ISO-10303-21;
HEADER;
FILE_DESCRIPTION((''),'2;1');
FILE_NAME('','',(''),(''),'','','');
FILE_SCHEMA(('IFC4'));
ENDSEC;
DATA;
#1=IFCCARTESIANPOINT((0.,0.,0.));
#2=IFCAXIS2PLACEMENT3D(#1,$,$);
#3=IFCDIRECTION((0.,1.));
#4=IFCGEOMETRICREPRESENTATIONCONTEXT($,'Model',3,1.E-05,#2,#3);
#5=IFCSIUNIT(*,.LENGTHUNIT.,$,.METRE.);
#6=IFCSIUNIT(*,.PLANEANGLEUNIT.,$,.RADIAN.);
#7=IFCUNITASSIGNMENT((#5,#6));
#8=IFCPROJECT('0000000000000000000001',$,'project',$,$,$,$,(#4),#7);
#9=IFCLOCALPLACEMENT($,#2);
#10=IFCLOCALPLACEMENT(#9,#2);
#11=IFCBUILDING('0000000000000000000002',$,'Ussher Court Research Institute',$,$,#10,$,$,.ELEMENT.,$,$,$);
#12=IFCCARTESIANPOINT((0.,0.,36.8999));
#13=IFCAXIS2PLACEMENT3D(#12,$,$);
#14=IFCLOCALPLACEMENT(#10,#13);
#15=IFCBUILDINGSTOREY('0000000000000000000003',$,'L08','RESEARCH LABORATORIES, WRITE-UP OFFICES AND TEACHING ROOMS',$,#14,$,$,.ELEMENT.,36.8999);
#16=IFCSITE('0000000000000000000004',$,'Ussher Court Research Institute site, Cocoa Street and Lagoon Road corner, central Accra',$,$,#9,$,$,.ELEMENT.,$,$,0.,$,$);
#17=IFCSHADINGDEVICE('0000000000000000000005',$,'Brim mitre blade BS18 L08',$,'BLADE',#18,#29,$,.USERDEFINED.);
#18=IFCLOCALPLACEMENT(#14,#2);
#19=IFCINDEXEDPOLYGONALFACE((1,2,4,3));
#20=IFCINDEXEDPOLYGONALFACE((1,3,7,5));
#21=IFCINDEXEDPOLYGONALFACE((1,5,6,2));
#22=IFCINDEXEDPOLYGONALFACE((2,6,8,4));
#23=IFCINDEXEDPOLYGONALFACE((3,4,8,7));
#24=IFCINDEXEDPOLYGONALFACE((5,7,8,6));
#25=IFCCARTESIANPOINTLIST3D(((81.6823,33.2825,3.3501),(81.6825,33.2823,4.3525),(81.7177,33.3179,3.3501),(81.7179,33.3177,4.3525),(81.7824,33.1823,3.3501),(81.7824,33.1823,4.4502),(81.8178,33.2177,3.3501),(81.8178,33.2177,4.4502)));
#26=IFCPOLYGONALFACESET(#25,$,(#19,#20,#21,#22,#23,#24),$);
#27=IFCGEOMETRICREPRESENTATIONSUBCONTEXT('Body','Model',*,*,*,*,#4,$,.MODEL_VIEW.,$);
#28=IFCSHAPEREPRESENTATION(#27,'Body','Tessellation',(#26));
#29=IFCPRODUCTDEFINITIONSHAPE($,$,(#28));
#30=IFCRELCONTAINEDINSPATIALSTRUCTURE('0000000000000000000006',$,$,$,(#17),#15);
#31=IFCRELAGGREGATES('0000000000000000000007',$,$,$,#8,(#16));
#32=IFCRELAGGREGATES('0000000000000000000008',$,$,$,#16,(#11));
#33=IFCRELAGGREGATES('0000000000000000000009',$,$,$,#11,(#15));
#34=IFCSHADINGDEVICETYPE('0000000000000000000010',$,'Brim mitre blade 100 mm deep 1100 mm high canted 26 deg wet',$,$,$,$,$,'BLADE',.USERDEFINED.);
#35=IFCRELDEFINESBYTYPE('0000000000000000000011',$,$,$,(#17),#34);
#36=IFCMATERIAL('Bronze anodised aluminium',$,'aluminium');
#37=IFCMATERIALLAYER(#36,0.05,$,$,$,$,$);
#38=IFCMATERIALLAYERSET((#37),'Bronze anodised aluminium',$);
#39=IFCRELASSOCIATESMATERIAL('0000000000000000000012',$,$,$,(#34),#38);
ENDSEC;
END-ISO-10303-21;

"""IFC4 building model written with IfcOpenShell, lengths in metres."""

from ifc_helpers import new_model, si_unit, direction, frame, origin, place, context, subcontext, project, spatial, polyline, outline, extrude, material, layer, layer_set, type_object, element, save


model = new_model("IFC4")

# Units and contexts
model_context = context("Model", 3, precision=1e-05, world=origin(), true_north=direction((0.0, 1.0)))
body_context = subcontext(model_context, "Body", "Model", "MODEL_VIEW")
ifc_project = project(units=[si_unit("LENGTHUNIT", "METRE"), si_unit("PLANEANGLEUNIT", "RADIAN")], contexts=[model_context])

# Site, building, storey
site_placement = place(None, origin())
site = spatial("IfcSite", under=ifc_project, at=site_placement, Name="Ussher Court Research Institute site, Cocoa Street and Lagoon Road corner, central Accra", CompositionType="ELEMENT", RefElevation=0.0)
building_placement = place(site_placement, origin())
building = spatial("IfcBuilding", under=site, at=building_placement, Name="Ussher Court Research Institute", CompositionType="ELEMENT")
storey_placement = place(building_placement, frame((0.0, 0.0, 36.8999)))
storey = spatial("IfcBuildingStorey", under=building, at=storey_placement, Name="L08", Description="RESEARCH LABORATORIES, WRITE-UP OFFICES AND TEACHING ROOMS", CompositionType="ELEMENT", Elevation=36.8999)

# Shading device
ifc_material_1 = material(Name="Bronze anodised aluminium", Category="aluminium")
ifc_layer_1 = layer(ifc_material_1, 0.05)
ifc_layer_set_1 = layer_set([ifc_layer_1], Name="Bronze anodised aluminium")
shading_device_type_1 = type_object("IfcShadingDeviceType", Name="Brim mitre blade 100 mm deep 1100 mm high canted 26 deg wet", ElementType="BLADE", PredefinedType="USERDEFINED", material=ifc_layer_set_1)
shading_device_1_placement = place(storey_placement, frame((81.8, 33.2, 3.3501), z_axis=(0.0, 0.0, 1.0), x_axis=(-0.707107, 0.707107, 0.0)))
element("IfcShadingDevice", 1, at=shading_device_1_placement, inside=storey, type_object=shading_device_type_1, Name="Brim mitre blade BS18 L08", ObjectType="BLADE", PredefinedType="USERDEFINED", context=body_context, shape_type="SweptSolid", body=[
    extrude(outline(polyline([(0.0, 0.0), (0.1416, 0.0), (0.1414, 1.0024), (0.0, 1.1001), (0.0, 0.0)])), frame((0.0, 0.0249, 0.0), z_axis=(0.0, -1.0, 0.0), x_axis=(1.0, 0.0, 0.0)), (0.0, 0.0, 1.0), 0.05),
])

save(model, "model.ifc")
